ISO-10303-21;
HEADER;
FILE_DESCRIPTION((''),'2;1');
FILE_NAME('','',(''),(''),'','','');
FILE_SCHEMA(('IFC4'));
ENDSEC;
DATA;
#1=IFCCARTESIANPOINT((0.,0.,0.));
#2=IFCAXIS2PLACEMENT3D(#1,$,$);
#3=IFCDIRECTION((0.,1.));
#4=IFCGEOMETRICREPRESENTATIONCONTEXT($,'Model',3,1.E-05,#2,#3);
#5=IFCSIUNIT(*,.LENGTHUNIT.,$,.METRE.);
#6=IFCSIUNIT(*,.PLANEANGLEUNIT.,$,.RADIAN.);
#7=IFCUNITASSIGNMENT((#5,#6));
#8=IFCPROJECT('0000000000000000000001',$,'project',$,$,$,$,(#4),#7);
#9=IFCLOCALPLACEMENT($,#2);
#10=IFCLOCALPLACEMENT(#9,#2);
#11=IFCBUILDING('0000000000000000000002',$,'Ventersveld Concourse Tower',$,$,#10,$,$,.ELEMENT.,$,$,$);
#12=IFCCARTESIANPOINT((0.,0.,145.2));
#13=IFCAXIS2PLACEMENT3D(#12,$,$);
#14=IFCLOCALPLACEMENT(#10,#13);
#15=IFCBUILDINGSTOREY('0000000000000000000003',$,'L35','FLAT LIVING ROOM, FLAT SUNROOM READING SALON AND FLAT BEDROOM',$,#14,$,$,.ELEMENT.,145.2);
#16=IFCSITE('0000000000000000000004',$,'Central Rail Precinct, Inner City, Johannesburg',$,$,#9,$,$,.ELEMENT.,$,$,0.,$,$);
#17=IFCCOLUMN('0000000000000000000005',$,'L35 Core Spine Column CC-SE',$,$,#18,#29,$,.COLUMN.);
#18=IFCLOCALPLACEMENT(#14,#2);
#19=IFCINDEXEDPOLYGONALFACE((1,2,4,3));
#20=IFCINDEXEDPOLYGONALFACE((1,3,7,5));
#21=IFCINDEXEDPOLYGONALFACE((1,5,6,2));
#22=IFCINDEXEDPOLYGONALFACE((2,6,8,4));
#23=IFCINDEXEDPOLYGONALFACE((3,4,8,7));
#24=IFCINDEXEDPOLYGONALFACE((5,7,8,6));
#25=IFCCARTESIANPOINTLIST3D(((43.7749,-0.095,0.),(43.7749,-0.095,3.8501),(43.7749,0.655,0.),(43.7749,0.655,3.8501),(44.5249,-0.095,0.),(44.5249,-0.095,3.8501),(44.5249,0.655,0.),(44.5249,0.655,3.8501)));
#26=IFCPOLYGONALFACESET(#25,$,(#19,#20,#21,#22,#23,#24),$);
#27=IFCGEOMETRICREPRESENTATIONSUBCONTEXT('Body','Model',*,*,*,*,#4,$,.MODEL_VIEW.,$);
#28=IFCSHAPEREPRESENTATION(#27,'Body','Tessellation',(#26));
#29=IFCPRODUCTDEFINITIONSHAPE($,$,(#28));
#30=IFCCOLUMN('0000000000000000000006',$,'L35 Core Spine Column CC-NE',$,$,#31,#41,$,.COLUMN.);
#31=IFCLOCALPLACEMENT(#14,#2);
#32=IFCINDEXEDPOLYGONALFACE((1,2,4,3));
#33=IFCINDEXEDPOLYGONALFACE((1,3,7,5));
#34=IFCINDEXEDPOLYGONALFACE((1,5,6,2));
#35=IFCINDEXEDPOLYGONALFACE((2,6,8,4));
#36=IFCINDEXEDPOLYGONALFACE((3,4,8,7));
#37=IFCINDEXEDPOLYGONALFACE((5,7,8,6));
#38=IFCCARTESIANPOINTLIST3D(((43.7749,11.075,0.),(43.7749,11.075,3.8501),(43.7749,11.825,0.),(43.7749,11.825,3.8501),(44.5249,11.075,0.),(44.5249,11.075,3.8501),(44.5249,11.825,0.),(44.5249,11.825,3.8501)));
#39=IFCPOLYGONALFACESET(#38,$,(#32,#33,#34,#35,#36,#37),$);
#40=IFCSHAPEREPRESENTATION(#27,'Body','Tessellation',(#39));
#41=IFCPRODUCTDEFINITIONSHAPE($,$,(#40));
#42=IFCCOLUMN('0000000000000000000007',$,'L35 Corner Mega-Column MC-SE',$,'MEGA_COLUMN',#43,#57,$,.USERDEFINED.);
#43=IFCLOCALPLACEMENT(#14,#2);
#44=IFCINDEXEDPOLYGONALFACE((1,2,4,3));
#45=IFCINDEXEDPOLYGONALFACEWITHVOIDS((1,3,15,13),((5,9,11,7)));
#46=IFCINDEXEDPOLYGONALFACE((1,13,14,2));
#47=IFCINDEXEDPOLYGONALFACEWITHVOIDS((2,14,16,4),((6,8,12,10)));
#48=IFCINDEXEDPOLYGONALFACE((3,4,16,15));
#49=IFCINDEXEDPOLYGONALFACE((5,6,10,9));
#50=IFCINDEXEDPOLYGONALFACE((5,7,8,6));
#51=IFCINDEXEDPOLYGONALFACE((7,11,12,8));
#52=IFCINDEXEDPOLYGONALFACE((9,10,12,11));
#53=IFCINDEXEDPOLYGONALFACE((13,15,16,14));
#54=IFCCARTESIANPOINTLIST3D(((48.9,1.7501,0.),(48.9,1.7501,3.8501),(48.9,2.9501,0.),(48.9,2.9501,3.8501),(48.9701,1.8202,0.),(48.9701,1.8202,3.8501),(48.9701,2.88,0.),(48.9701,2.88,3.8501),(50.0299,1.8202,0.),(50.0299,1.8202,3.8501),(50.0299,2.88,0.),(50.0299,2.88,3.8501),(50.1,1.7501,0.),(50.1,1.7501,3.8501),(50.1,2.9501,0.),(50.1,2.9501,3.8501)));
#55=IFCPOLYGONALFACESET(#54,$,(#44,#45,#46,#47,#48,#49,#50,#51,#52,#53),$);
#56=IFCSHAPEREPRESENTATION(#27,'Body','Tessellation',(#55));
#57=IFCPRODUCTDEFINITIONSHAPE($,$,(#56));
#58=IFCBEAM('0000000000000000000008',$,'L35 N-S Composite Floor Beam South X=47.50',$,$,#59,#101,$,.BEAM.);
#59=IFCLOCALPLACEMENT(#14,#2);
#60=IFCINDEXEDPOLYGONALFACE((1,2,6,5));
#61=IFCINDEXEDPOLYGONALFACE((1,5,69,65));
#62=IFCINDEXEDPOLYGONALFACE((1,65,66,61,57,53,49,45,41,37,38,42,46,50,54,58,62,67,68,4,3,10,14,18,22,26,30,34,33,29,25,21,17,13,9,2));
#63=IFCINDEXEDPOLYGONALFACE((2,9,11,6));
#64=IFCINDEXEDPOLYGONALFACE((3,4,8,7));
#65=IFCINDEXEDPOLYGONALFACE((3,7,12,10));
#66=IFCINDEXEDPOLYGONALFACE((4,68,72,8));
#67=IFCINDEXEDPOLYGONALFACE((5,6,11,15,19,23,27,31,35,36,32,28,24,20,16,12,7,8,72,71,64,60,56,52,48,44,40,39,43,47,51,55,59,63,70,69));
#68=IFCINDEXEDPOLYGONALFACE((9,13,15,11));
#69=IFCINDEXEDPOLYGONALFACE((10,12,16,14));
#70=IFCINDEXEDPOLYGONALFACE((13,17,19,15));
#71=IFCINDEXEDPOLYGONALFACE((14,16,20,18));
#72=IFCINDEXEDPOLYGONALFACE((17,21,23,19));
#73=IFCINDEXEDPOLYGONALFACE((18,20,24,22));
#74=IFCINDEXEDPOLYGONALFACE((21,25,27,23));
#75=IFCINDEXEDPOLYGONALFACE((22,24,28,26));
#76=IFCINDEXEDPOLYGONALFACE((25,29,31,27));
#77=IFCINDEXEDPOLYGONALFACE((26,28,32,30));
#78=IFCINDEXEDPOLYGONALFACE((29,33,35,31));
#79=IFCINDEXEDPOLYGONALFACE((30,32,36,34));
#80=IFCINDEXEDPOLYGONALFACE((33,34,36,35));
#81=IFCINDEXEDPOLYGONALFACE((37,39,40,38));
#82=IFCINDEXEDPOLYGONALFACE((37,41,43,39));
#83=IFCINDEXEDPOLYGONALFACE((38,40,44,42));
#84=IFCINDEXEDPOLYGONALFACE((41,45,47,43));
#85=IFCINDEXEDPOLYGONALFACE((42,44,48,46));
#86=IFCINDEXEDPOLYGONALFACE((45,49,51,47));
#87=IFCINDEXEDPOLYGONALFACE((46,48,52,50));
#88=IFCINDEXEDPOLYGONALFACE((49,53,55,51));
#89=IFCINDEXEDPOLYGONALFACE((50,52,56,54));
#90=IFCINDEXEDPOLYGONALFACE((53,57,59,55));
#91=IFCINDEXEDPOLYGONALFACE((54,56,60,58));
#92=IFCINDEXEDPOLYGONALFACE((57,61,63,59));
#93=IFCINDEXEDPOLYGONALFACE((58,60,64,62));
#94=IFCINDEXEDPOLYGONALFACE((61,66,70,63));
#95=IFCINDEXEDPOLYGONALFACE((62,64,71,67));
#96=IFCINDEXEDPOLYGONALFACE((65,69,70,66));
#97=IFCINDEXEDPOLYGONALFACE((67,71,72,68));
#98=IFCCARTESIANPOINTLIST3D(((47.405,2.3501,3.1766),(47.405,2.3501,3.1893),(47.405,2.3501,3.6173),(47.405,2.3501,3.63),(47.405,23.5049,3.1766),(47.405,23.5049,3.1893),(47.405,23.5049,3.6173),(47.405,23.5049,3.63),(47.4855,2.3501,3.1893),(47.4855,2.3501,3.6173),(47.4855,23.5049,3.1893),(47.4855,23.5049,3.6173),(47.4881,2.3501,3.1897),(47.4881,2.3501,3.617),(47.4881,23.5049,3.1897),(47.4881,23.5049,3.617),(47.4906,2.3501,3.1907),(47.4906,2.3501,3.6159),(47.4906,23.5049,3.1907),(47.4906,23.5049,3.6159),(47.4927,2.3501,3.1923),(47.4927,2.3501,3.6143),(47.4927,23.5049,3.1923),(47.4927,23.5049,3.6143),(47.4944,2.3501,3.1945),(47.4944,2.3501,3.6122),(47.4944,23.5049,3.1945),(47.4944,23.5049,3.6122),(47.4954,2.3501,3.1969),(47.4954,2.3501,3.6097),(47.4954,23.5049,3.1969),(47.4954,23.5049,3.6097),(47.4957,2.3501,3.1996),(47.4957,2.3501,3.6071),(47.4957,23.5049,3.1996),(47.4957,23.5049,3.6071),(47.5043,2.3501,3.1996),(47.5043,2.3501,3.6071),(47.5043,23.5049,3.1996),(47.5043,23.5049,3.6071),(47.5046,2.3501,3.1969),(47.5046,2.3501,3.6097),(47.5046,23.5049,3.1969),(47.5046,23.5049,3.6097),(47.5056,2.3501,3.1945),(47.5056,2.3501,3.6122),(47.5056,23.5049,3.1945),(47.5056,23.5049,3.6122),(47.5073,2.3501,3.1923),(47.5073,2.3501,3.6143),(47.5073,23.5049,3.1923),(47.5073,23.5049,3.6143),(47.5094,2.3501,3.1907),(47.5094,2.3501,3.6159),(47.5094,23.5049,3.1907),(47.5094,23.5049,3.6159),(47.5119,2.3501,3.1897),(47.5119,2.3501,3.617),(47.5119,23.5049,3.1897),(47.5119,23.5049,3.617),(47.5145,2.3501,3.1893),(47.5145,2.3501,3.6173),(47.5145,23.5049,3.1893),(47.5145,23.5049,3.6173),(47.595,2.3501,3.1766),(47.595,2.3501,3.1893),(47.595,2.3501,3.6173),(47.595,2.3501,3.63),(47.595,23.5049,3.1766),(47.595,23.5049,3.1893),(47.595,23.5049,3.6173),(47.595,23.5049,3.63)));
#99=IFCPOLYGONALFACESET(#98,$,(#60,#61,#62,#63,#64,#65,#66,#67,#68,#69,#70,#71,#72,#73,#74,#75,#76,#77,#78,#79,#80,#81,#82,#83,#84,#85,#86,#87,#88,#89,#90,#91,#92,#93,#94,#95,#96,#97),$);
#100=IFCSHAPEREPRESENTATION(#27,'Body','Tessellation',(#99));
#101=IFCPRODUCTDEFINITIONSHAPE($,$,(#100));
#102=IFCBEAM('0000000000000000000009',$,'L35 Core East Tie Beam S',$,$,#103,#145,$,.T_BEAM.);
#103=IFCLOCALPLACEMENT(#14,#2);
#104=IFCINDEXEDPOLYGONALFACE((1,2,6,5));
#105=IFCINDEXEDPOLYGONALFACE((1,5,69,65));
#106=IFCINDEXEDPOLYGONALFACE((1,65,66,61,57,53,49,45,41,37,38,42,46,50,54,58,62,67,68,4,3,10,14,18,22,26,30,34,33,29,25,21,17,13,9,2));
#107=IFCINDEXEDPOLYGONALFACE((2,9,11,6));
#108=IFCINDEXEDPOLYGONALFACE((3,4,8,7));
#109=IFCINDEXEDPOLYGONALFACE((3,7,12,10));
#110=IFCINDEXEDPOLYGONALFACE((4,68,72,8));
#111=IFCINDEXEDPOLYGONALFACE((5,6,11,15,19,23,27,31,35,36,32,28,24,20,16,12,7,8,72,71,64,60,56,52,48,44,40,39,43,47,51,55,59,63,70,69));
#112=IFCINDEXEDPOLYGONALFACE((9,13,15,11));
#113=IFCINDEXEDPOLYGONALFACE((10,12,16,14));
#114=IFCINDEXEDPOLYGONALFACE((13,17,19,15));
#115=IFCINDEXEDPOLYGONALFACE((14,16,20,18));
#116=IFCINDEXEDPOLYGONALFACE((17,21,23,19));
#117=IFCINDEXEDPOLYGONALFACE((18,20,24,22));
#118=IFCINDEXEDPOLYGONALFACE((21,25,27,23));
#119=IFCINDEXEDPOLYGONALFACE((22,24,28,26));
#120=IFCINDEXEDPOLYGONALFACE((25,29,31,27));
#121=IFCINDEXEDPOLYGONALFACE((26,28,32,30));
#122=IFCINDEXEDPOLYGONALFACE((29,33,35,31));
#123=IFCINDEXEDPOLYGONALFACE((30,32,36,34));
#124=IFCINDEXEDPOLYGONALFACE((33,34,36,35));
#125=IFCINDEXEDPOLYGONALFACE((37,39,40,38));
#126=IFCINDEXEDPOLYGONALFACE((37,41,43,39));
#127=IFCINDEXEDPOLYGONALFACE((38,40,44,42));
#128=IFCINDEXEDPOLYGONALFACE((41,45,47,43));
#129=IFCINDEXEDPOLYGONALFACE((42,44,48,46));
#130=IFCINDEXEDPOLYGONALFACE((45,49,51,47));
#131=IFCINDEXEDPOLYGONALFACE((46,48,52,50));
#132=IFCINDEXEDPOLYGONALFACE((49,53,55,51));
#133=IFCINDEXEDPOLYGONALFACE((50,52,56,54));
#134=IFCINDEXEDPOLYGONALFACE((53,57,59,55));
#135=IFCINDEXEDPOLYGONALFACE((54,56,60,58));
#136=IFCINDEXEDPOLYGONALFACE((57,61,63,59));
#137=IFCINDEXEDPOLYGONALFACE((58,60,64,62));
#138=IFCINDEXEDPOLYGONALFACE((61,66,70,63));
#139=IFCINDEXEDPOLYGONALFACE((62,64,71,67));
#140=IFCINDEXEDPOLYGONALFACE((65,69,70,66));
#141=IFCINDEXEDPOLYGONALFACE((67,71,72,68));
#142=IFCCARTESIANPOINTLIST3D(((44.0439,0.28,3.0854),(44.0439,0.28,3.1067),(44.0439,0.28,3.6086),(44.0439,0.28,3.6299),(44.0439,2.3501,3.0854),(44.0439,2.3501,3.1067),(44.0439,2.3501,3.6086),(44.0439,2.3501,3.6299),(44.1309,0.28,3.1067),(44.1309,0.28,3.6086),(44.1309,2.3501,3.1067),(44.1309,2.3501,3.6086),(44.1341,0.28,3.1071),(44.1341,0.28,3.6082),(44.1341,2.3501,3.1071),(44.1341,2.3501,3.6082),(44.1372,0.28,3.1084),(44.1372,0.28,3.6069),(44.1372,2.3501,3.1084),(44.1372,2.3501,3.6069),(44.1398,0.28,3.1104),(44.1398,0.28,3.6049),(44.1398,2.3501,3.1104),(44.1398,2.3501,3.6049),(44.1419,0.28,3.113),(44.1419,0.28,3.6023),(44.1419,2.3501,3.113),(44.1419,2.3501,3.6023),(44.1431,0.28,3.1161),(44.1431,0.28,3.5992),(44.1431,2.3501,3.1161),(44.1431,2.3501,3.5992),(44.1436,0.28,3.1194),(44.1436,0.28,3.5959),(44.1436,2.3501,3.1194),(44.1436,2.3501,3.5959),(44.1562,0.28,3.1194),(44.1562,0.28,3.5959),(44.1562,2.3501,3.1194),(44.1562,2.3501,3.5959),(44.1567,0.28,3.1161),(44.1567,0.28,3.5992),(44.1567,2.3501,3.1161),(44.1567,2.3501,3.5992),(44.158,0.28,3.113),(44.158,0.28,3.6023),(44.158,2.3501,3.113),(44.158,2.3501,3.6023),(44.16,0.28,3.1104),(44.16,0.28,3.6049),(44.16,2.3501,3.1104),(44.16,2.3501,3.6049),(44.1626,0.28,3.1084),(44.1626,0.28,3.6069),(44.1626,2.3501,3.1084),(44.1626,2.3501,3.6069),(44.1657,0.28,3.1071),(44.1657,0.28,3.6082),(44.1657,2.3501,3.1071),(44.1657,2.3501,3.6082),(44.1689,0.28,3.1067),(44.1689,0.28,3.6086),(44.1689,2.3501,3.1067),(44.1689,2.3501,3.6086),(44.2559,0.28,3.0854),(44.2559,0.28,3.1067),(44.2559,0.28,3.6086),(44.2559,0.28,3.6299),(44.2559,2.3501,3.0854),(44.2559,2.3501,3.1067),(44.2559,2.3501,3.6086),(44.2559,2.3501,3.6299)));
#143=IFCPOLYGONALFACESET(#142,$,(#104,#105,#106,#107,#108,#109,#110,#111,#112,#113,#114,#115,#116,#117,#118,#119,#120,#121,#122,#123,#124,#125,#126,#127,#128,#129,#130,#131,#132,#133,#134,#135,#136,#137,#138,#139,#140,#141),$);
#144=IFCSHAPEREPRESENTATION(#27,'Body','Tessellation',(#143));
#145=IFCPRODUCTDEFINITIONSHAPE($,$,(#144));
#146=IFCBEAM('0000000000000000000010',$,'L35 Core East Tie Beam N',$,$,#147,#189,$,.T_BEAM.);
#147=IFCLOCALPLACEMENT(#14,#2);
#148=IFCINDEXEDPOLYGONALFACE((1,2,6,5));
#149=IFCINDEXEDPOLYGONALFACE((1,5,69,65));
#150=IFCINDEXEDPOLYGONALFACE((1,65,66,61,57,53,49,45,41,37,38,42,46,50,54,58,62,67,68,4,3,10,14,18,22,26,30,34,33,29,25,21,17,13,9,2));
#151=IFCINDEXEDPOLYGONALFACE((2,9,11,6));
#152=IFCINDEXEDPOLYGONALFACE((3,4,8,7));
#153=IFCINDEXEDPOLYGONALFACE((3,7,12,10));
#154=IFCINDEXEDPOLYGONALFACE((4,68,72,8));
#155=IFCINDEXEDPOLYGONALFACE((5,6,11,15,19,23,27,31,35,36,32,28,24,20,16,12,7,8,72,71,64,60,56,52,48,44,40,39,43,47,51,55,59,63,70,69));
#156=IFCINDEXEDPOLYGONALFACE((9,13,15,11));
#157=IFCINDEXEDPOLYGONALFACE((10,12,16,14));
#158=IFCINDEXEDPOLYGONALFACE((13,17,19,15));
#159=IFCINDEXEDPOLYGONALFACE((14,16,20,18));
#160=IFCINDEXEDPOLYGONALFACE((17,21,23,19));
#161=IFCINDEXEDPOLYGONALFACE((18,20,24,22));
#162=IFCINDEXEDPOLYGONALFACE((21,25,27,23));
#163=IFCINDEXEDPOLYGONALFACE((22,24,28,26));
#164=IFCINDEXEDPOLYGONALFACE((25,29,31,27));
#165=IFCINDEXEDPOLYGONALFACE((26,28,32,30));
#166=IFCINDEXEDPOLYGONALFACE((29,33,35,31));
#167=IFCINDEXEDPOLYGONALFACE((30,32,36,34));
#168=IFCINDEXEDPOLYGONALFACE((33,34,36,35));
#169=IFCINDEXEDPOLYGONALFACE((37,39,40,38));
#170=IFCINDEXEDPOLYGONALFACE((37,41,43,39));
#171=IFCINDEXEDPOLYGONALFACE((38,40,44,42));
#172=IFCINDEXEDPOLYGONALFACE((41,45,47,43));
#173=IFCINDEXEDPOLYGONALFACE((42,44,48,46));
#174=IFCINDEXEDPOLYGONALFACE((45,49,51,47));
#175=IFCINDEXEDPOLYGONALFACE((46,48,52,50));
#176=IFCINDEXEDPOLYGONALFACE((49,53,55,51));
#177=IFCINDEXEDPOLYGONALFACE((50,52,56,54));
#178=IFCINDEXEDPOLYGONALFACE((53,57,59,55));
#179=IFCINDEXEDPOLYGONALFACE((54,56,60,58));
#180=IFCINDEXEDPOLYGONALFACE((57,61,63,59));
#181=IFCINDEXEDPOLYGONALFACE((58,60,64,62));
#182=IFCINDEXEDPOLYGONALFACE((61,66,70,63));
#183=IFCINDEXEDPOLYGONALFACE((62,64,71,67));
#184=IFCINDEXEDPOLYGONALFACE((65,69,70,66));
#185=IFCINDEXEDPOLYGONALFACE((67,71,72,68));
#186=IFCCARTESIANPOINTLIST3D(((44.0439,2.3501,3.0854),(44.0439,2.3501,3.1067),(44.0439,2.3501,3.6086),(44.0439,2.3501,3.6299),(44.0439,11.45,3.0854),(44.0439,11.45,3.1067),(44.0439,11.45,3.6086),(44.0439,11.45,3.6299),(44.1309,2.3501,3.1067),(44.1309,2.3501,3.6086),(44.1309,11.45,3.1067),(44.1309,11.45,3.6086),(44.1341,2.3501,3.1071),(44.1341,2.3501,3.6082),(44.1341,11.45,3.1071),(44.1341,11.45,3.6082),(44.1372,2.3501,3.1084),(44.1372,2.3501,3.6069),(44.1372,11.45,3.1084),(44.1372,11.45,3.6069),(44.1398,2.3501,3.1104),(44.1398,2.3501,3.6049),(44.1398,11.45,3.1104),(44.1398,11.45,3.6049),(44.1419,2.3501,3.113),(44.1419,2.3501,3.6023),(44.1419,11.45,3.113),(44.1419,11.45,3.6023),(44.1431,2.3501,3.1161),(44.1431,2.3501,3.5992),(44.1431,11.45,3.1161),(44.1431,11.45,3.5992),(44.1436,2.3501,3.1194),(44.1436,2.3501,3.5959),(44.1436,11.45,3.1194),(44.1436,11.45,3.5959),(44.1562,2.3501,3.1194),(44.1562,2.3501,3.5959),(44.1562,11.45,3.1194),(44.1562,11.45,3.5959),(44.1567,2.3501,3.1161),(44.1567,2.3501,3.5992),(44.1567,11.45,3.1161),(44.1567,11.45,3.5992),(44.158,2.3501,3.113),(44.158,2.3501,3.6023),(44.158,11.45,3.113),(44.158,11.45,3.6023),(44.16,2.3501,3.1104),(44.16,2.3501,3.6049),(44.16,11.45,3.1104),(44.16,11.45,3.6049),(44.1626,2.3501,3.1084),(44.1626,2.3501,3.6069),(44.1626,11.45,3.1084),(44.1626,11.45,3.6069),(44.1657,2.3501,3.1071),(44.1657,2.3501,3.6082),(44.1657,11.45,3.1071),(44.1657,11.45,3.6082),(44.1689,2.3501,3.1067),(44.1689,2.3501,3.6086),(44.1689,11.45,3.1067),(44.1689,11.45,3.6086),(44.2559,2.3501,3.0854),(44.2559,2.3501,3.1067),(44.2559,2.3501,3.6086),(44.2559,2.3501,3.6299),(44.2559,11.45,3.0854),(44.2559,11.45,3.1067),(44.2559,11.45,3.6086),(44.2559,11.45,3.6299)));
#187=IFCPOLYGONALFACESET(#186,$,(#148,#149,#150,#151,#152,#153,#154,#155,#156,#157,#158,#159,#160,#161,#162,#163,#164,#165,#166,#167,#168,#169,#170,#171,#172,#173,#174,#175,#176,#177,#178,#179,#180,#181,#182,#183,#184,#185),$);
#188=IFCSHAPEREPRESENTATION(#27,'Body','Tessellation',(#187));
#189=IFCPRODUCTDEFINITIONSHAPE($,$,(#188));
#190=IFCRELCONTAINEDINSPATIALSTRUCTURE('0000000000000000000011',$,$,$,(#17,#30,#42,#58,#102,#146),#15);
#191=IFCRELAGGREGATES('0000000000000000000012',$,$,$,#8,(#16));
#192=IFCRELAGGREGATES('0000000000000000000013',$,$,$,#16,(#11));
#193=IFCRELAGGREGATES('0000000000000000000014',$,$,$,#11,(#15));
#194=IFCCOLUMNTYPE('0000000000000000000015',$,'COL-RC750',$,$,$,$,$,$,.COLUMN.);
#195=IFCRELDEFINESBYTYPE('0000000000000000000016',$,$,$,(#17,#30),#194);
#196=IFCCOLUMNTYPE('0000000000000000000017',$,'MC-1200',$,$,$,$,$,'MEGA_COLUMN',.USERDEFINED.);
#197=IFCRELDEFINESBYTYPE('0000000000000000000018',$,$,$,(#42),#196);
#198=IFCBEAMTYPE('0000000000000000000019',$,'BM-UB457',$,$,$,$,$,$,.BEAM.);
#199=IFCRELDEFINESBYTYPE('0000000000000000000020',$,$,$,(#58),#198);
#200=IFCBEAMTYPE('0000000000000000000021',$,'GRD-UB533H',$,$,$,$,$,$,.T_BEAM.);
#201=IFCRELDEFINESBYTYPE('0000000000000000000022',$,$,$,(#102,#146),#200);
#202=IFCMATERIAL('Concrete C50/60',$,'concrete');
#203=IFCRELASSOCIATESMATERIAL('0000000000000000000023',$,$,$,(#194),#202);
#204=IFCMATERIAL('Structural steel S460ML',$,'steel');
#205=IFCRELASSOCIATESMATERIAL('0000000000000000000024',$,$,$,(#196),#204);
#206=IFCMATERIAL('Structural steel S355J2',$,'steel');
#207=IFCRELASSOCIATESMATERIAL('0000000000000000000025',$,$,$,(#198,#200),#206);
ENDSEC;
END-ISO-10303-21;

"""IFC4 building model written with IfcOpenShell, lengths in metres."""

from ifc_helpers import new_model, si_unit, direction, frame, origin, origin_2d, place, context, subcontext, project, spatial, rectangle, hollow_rectangle, i_section, extrude, material, material_profile, profile_set, type_object, element, save


model = new_model("IFC4")

# Units and contexts
model_context = context("Model", 3, precision=1e-05, world=origin(), true_north=direction((0.0, 1.0)))
body_context = subcontext(model_context, "Body", "Model", "MODEL_VIEW")
ifc_project = project(units=[si_unit("LENGTHUNIT", "METRE"), si_unit("PLANEANGLEUNIT", "RADIAN")], contexts=[model_context])

# Site, building, storey
site_placement = place(None, origin())
site = spatial("IfcSite", under=ifc_project, at=site_placement, Name="Central Rail Precinct, Inner City, Johannesburg", CompositionType="ELEMENT", RefElevation=0.0)
building_placement = place(site_placement, origin())
building = spatial("IfcBuilding", under=site, at=building_placement, Name="Ventersveld Concourse Tower", CompositionType="ELEMENT")
storey_placement = place(building_placement, frame((0.0, 0.0, 145.2)))
storey = spatial("IfcBuildingStorey", under=building, at=storey_placement, Name="L35", Description="FLAT LIVING ROOM, FLAT SUNROOM READING SALON AND FLAT BEDROOM", CompositionType="ELEMENT", Elevation=145.2)

# Columns
ifc_material_1 = material(Name="Concrete C50/60", Category="concrete")
ifc_material_profile_1 = material_profile(ifc_material_1, rectangle(XDim=0.75, YDim=0.75, at=origin_2d()), Name="RC 750x750")
ifc_profile_set_1 = profile_set([ifc_material_profile_1], Name="Concrete C50/60")
column_type_1 = type_object("IfcColumnType", Name="COL-RC750", PredefinedType="COLUMN", material=ifc_profile_set_1)
for number, where, z_axis, x_axis, name in (
    (1, (44.1499, 0.28, 0.0), (0.0, 0.0, 1.0), (1.0, 0.0, 0.0), "L35 Core Spine Column CC-SE"),
    (2, (44.1499, 11.45, 0.0), (0.0, 0.0, 1.0), (1.0, 0.0, 0.0), "L35 Core Spine Column CC-NE"),
):
    element("IfcColumn", number, at=place(storey_placement, frame(where, z_axis=z_axis, x_axis=x_axis)), inside=storey, type_object=column_type_1, Name=name, PredefinedType="COLUMN", context=body_context, shape_type="SweptSolid", body=[
        extrude(rectangle(XDim=0.75, YDim=0.75, at=origin_2d()), origin(), (0.0, 0.0, 1.0), 3.8501),
    ])
ifc_material_2 = material(Name="Structural steel S460ML", Category="steel")
ifc_material_profile_2 = material_profile(ifc_material_2, hollow_rectangle(XDim=1.2, YDim=1.2, WallThickness=0.0701, at=origin_2d()), Name="BOX 1200x1200x70")
ifc_profile_set_2 = profile_set([ifc_material_profile_2], Name="Structural steel S460ML")
column_type_2 = type_object("IfcColumnType", Name="MC-1200", ElementType="MEGA_COLUMN", PredefinedType="USERDEFINED", material=ifc_profile_set_2)
column_placement = place(storey_placement, frame((49.5, 2.3501, 0.0), z_axis=(0.0, 0.0, 1.0), x_axis=(1.0, 0.0, 0.0)))
element("IfcColumn", 3, at=column_placement, inside=storey, type_object=column_type_2, Name="L35 Corner Mega-Column MC-SE", ObjectType="MEGA_COLUMN", PredefinedType="USERDEFINED", context=body_context, shape_type="SweptSolid", body=[
    extrude(hollow_rectangle(XDim=1.2, YDim=1.2, WallThickness=0.0701, at=origin_2d()), origin(), (0.0, 0.0, 1.0), 3.8501),
])

# Beams
ifc_material_3 = material(Name="Structural steel S355J2", Category="steel")
ifc_material_profile_3 = material_profile(ifc_material_3, i_section(OverallWidth=0.1899, OverallDepth=0.4534, WebThickness=0.0085, FlangeThickness=0.0127, FilletRadius=0.0103, at=origin_2d()), Name="UB 457x191x67")
ifc_profile_set_3 = profile_set([ifc_material_profile_3], Name="Structural steel S355J2")
beam_type_1 = type_object("IfcBeamType", Name="BM-UB457", PredefinedType="BEAM", material=ifc_profile_set_3)
beam_1_placement = place(storey_placement, frame((47.5, 2.3501, 3.4033), z_axis=(0.0, 1.0, 0.0), x_axis=(-1.0, 0.0, 0.0)))
element("IfcBeam", 4, at=beam_1_placement, inside=storey, type_object=beam_type_1, Name="L35 N-S Composite Floor Beam South X=47.50", PredefinedType="BEAM", context=body_context, shape_type="SweptSolid", body=[
    extrude(i_section(OverallWidth=0.1899, OverallDepth=0.4534, WebThickness=0.0085, FlangeThickness=0.0127, FilletRadius=0.0103, at=origin_2d()), origin(), (0.0, 0.0, 1.0), 21.1548),
])
ifc_material_profile_4 = material_profile(ifc_material_3, i_section(OverallWidth=0.2119, OverallDepth=0.5444, WebThickness=0.0127, FlangeThickness=0.0212, FilletRadius=0.0127, at=origin_2d()), Name="UB 533x210x122")
ifc_profile_set_4 = profile_set([ifc_material_profile_4], Name="Structural steel S355J2")
beam_type_2 = type_object("IfcBeamType", Name="GRD-UB533H", PredefinedType="T_BEAM", material=ifc_profile_set_4)
beam_2_placement = place(storey_placement, frame((44.1499, 0.28, 3.3577), z_axis=(0.0, 1.0, 0.0), x_axis=(-1.0, 0.0, 0.0)))
element("IfcBeam", 5, at=beam_2_placement, inside=storey, type_object=beam_type_2, Name="L35 Core East Tie Beam S", PredefinedType="T_BEAM", context=body_context, shape_type="SweptSolid", body=[
    extrude(i_section(OverallWidth=0.2119, OverallDepth=0.5444, WebThickness=0.0127, FlangeThickness=0.0212, FilletRadius=0.0127, at=origin_2d()), origin(), (0.0, 0.0, 1.0), 2.0701),
])
beam_3_placement = place(storey_placement, frame((44.1499, 2.3501, 3.3577), z_axis=(0.0, 1.0, 0.0), x_axis=(-1.0, 0.0, 0.0)))
element("IfcBeam", 6, at=beam_3_placement, inside=storey, type_object=beam_type_2, Name="L35 Core East Tie Beam N", PredefinedType="T_BEAM", context=body_context, shape_type="SweptSolid", body=[
    extrude(i_section(OverallWidth=0.2119, OverallDepth=0.5444, WebThickness=0.0127, FlangeThickness=0.0212, FilletRadius=0.0127, at=origin_2d()), origin(), (0.0, 0.0, 1.0), 9.0999),
])

save(model, "model.ifc")
